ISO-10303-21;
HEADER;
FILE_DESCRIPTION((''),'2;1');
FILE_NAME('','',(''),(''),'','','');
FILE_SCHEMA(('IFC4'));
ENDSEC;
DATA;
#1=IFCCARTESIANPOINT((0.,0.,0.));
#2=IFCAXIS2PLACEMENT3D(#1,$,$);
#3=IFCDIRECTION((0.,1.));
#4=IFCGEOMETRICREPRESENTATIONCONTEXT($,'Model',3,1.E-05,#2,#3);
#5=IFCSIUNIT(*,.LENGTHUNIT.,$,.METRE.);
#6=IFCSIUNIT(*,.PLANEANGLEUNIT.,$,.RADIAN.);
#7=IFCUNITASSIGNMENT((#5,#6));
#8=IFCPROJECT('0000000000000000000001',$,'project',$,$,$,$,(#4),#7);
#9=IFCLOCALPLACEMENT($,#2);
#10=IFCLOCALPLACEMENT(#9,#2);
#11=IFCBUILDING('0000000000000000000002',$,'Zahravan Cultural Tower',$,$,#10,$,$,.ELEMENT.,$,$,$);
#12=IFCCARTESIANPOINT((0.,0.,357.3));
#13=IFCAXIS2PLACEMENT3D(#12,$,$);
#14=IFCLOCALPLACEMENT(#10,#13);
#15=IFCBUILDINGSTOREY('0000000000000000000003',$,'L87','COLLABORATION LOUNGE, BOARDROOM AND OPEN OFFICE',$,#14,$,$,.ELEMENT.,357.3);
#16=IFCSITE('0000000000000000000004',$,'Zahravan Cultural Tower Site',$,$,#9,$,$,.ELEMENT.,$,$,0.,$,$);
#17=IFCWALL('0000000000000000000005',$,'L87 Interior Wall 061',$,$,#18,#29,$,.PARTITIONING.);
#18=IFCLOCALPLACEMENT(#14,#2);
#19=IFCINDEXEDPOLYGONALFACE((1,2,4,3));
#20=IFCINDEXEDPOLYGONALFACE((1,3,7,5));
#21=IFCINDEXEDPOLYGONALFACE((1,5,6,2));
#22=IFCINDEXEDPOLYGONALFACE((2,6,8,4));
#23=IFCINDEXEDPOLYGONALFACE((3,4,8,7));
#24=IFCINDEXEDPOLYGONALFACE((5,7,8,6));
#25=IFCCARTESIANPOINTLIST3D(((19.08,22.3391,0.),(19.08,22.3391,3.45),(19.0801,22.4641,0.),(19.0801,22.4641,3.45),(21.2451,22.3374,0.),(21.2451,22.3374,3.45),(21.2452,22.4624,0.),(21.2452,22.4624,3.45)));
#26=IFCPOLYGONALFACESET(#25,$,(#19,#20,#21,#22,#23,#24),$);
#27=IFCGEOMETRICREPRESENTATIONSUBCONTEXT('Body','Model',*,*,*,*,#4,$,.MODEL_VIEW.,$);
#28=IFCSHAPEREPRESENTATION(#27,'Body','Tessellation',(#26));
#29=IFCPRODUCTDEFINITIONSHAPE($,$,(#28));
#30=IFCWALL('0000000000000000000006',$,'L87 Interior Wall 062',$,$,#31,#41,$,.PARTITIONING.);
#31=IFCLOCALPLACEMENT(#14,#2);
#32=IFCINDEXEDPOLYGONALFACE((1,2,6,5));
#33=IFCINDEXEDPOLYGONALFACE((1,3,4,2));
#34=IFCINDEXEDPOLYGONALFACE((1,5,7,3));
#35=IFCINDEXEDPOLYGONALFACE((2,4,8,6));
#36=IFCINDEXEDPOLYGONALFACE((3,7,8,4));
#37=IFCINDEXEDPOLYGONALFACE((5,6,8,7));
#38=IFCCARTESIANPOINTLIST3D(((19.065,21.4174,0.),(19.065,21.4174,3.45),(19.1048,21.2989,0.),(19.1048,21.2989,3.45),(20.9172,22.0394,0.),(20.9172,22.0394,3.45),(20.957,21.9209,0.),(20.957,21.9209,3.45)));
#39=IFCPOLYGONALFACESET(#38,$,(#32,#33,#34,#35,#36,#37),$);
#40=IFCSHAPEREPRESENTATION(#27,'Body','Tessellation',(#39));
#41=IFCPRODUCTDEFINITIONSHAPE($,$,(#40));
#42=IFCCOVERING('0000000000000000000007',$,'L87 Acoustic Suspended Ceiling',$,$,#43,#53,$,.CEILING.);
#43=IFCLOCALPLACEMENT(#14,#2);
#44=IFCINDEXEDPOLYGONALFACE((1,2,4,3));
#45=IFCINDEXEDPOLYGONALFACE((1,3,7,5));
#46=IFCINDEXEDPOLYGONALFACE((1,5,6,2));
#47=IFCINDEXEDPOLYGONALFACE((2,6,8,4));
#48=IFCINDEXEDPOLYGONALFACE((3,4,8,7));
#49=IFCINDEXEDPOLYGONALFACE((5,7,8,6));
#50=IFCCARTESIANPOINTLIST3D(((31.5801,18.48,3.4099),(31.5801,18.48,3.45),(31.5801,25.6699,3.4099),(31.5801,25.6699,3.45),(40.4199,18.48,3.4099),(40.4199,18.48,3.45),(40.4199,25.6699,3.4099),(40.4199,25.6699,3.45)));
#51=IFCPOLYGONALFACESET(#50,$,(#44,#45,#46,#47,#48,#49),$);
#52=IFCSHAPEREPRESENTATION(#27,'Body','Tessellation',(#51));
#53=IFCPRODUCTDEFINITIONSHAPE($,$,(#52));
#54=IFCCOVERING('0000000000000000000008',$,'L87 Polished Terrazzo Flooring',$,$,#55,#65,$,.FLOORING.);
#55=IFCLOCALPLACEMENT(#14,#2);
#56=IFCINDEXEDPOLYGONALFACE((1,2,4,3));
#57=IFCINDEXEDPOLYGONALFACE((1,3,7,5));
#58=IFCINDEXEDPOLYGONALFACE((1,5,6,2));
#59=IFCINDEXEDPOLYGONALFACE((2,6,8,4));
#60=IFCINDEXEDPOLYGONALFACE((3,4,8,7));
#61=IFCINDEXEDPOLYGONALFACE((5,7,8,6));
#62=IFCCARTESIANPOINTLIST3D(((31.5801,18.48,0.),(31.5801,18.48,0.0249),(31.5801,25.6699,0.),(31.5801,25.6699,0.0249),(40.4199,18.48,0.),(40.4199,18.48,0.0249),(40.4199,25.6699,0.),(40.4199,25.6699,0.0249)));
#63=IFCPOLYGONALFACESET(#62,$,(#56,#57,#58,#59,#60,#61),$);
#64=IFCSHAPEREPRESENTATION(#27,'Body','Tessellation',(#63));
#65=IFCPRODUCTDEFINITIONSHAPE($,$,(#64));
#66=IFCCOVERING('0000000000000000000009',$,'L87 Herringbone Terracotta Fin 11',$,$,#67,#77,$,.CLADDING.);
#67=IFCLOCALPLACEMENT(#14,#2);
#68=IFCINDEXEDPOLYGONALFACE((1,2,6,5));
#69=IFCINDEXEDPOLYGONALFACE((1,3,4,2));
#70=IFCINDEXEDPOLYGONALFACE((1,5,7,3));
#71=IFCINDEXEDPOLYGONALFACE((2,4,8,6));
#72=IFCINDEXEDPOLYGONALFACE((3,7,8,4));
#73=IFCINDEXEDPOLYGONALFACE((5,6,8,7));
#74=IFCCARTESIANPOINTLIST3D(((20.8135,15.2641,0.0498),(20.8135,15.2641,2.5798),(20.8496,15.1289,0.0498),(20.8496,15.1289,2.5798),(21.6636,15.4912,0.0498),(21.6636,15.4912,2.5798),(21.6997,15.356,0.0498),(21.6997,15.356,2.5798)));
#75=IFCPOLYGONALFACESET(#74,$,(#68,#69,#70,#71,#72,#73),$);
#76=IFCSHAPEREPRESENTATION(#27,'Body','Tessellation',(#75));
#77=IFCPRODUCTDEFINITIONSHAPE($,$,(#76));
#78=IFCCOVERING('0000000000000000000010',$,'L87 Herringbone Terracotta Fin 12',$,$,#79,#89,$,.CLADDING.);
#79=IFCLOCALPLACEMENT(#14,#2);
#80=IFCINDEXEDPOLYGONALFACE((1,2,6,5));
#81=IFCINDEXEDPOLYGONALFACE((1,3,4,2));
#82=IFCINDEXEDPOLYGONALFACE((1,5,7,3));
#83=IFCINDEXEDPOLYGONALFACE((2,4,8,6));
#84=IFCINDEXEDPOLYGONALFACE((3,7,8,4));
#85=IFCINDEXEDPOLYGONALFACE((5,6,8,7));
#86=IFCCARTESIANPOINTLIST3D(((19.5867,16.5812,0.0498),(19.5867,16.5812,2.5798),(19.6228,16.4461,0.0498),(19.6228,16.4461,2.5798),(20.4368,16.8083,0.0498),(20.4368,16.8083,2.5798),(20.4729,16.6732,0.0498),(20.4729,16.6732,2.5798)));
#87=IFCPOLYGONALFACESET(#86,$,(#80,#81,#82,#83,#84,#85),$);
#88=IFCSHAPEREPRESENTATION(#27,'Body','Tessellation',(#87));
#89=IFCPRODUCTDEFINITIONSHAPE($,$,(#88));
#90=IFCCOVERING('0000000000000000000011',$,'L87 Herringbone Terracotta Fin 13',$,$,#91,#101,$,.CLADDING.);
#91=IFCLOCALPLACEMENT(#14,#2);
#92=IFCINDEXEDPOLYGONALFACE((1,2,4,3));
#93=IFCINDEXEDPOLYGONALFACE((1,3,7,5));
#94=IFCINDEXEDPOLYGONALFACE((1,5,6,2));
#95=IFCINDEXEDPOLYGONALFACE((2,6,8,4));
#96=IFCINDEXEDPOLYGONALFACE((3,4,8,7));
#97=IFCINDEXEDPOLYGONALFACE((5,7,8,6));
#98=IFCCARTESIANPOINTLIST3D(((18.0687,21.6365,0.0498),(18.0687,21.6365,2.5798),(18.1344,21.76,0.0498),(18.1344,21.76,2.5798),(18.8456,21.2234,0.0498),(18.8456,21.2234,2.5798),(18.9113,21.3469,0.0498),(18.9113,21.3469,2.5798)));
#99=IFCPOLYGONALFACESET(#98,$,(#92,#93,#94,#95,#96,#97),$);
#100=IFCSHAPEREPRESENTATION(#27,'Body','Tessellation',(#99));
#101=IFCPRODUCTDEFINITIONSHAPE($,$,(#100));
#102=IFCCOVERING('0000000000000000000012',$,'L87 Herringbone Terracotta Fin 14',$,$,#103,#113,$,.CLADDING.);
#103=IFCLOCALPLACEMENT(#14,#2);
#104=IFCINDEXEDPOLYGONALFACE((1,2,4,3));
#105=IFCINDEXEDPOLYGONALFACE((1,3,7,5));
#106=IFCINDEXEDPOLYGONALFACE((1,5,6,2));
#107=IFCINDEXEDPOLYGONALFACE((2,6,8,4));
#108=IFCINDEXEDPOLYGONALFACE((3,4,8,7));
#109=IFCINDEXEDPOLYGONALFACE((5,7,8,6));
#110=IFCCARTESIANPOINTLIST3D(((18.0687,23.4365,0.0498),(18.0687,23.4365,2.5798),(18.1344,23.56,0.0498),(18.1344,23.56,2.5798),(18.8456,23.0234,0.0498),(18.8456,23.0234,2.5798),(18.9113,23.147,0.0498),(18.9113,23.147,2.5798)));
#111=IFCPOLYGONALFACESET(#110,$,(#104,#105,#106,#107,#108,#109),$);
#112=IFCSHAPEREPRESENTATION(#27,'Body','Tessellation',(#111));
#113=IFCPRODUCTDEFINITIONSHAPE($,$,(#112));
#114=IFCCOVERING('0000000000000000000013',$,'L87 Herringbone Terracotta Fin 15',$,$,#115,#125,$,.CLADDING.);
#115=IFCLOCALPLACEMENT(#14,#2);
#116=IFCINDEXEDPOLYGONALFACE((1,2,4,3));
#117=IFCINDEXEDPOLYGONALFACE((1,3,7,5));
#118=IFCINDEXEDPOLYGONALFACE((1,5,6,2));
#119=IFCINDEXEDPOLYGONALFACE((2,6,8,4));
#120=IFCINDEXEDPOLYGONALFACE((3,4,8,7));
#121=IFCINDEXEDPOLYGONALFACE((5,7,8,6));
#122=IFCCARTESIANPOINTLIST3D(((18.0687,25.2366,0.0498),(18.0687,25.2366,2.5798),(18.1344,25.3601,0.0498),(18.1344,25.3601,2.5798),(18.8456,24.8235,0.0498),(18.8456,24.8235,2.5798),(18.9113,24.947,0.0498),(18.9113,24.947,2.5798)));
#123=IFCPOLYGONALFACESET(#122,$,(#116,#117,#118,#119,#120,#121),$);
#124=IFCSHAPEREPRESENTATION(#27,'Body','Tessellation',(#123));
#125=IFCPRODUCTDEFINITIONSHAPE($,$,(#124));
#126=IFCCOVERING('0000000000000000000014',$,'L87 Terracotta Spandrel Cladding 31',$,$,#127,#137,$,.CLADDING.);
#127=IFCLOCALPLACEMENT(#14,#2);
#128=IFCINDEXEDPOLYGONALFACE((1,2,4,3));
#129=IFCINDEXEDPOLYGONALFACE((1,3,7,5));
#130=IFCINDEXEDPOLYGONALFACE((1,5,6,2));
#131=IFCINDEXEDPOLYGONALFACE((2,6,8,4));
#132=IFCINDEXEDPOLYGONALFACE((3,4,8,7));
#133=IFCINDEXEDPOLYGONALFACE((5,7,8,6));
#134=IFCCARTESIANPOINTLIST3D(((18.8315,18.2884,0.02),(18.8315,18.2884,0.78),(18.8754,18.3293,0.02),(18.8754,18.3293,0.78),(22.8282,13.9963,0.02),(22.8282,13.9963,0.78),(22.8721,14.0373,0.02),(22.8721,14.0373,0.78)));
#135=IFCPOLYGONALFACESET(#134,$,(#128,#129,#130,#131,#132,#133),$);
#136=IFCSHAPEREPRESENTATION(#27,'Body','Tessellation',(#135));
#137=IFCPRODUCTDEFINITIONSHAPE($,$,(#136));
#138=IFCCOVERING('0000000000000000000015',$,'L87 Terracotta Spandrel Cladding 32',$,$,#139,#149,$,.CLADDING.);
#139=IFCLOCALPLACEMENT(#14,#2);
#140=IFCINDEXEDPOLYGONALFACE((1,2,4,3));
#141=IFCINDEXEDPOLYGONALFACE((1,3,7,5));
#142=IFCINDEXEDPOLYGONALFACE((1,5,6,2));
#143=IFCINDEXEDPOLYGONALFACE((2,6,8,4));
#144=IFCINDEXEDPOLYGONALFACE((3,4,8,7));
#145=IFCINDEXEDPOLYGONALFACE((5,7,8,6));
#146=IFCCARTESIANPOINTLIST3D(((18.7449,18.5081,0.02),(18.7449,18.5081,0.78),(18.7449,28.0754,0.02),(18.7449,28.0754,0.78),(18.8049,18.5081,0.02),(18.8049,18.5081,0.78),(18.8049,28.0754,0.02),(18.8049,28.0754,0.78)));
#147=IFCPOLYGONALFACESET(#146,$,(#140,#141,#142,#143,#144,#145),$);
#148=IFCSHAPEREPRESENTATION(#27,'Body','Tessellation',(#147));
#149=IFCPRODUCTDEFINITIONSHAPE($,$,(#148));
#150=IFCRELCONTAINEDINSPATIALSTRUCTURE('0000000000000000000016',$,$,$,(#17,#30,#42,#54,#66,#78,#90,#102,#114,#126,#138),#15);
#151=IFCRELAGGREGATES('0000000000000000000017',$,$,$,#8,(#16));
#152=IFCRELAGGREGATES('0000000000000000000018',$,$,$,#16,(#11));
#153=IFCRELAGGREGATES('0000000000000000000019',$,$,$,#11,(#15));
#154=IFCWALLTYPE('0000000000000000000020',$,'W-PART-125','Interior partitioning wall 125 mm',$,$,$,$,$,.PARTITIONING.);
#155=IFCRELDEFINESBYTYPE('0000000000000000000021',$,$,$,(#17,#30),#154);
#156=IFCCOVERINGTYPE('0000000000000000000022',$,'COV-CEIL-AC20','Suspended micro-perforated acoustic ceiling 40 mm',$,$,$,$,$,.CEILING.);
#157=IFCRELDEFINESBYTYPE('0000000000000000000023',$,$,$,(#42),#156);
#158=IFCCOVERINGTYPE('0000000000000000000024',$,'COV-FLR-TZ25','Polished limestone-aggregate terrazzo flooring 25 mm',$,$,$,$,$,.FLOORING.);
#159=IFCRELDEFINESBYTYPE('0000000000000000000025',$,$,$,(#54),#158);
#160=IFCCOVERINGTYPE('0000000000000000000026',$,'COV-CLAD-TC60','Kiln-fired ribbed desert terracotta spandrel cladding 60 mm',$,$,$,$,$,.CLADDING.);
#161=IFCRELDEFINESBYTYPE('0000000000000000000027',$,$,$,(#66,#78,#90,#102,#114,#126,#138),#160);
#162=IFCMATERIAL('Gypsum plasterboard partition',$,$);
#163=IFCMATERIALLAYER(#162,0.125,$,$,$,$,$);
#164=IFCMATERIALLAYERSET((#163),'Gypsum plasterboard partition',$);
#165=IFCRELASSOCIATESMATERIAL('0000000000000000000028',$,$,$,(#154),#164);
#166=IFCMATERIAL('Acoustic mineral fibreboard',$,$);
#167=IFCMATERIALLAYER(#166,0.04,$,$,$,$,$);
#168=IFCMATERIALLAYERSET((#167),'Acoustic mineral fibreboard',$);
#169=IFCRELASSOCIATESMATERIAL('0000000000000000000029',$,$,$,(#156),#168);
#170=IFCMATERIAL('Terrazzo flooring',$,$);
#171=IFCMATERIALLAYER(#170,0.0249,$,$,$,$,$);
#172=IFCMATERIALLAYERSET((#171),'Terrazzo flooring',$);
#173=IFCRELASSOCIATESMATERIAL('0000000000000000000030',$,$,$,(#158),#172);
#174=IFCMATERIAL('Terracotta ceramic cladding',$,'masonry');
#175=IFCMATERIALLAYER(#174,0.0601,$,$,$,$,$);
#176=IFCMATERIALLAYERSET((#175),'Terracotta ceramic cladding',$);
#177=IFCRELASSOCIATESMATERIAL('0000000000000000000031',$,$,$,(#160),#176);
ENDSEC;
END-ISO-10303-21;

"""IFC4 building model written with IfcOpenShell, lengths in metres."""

from ifc_helpers import new_model, si_unit, direction, frame, frame_2d, origin, origin_2d, place, context, subcontext, project, spatial, polyline, rectangle, outline, extrude, source, transform, mapped, material, layer, layer_set, type_object, element, save


model = new_model("IFC4")

# Units and contexts
model_context = context("Model", 3, precision=1e-05, world=origin(), true_north=direction((0.0, 1.0)))
body_context = subcontext(model_context, "Body", "Model", "MODEL_VIEW")
ifc_project = project(units=[si_unit("LENGTHUNIT", "METRE"), si_unit("PLANEANGLEUNIT", "RADIAN")], contexts=[model_context])

# Site, building, storey
site_placement = place(None, origin())
site = spatial("IfcSite", under=ifc_project, at=site_placement, Name="Zahravan Cultural Tower Site", CompositionType="ELEMENT", RefElevation=0.0)
building_placement = place(site_placement, origin())
building = spatial("IfcBuilding", under=site, at=building_placement, Name="Zahravan Cultural Tower", CompositionType="ELEMENT")
storey_placement = place(building_placement, frame((0.0, 0.0, 357.3)))
storey = spatial("IfcBuildingStorey", under=building, at=storey_placement, Name="L87", Description="COLLABORATION LOUNGE, BOARDROOM AND OPEN OFFICE", CompositionType="ELEMENT", Elevation=357.3)

# Walls
ifc_material_1 = material(Name="Gypsum plasterboard partition")
ifc_layer_1 = layer(ifc_material_1, 0.125)
ifc_layer_set_1 = layer_set([ifc_layer_1], Name="Gypsum plasterboard partition")
wall_type_1 = type_object("IfcWallType", Name="W-PART-125", Description="Interior partitioning wall 125 mm", PredefinedType="PARTITIONING", material=ifc_layer_set_1)
shared_shape_1 = source(origin(), body_context, "Body", "SweptSolid", [
    extrude(rectangle(XDim=2.165, YDim=0.125, at=frame_2d((1.0825, 0.0))), origin(), (0.0, 0.0, 1.0), 3.45),
])
wall_1_placement = place(storey_placement, frame((19.0801, 22.4016, 0.0), z_axis=(0.0, 0.0, 1.0), x_axis=(1.0, -0.000789, 0.0)))
element("IfcWall", 1, at=wall_1_placement, inside=storey, type_object=wall_type_1, Name="L87 Interior Wall 061", PredefinedType="PARTITIONING", context=body_context, shape_type="MappedRepresentation", body=[
    mapped(shared_shape_1, transform((0.0, 0.0, 0.0), x_axis=(1.0, 0.0, 0.0), y_axis=(0.0, 1.0, 0.0), z_axis=(0.0, 0.0, 1.0), scale=1.0)),
])
shared_shape_2 = source(origin(), body_context, "Body", "SweptSolid", [
    extrude(rectangle(XDim=1.9539, YDim=0.125, at=frame_2d((0.9771, 0.0))), origin(), (0.0, 0.0, 1.0), 3.45),
])
wall_2_placement = place(storey_placement, frame((20.9373, 21.9802, 0.0), z_axis=(0.0, 0.0, 1.0), x_axis=(-0.947969, -0.318364, 0.0)))
element("IfcWall", 2, at=wall_2_placement, inside=storey, type_object=wall_type_1, Name="L87 Interior Wall 062", PredefinedType="PARTITIONING", context=body_context, shape_type="MappedRepresentation", body=[
    mapped(shared_shape_2, transform((0.0, 0.0, 0.0), x_axis=(1.0, 0.0, 0.0), y_axis=(0.0, 1.0, 0.0), z_axis=(0.0, 0.0, 1.0), scale=1.0)),
])

# Coverings
ifc_material_2 = material(Name="Acoustic mineral fibreboard")
ifc_layer_2 = layer(ifc_material_2, 0.04)
ifc_layer_set_2 = layer_set([ifc_layer_2], Name="Acoustic mineral fibreboard")
covering_type_1 = type_object("IfcCoveringType", Name="COV-CEIL-AC20", Description="Suspended micro-perforated acoustic ceiling 40 mm", PredefinedType="CEILING", material=ifc_layer_set_2)
covering_1_placement = place(storey_placement, frame((0.0, 0.0, 3.4099)))
element("IfcCovering", 3, at=covering_1_placement, inside=storey, type_object=covering_type_1, Name="L87 Acoustic Suspended Ceiling", PredefinedType="CEILING", context=body_context, shape_type="SweptSolid", body=[
    extrude(outline(polyline([(40.4199, 25.6699), (31.5801, 25.6699), (31.5801, 18.48), (40.4199, 18.48), (40.4199, 25.6699)])), origin(), (0.0, 0.0, 1.0), 0.04),
])
ifc_material_3 = material(Name="Terrazzo flooring")
ifc_layer_3 = layer(ifc_material_3, 0.0249)
ifc_layer_set_3 = layer_set([ifc_layer_3], Name="Terrazzo flooring")
covering_type_2 = type_object("IfcCoveringType", Name="COV-FLR-TZ25", Description="Polished limestone-aggregate terrazzo flooring 25 mm", PredefinedType="FLOORING", material=ifc_layer_set_3)
covering_2_placement = place(storey_placement, origin())
element("IfcCovering", 4, at=covering_2_placement, inside=storey, type_object=covering_type_2, Name="L87 Polished Terrazzo Flooring", PredefinedType="FLOORING", context=body_context, shape_type="SweptSolid", body=[
    extrude(outline(polyline([(40.4199, 25.6699), (31.5801, 25.6699), (31.5801, 18.48), (40.4199, 18.48), (40.4199, 25.6699)])), origin(), (0.0, 0.0, 1.0), 0.0249),
])
ifc_material_4 = material(Name="Terracotta ceramic cladding", Category="masonry")
ifc_layer_4 = layer(ifc_material_4, 0.0601)
ifc_layer_set_4 = layer_set([ifc_layer_4], Name="Terracotta ceramic cladding")
covering_type_3 = type_object("IfcCoveringType", Name="COV-CLAD-TC60", Description="Kiln-fired ribbed desert terracotta spandrel cladding 60 mm", PredefinedType="CLADDING", material=ifc_layer_set_4)
shared_shape_3 = source(origin(), body_context, "Body", "SweptSolid", [
    extrude(rectangle(XDim=0.8799, YDim=0.1399, at=origin_2d()), origin(), (0.0, 0.0, 1.0), 2.53),
])
for number, where, z_axis, x_axis, name in (
    (5, (21.2566, 15.3101, 0.0498), (0.0, 0.0, 1.0), (-0.966111, -0.258128, 0.0), "L87 Herringbone Terracotta Fin 11"),
    (6, (20.0298, 16.6272, 0.0498), (0.0, 0.0, 1.0), (-0.966111, -0.258128, 0.0), "L87 Herringbone Terracotta Fin 12"),
    (7, (18.49, 21.4917, 0.0498), (0.0, 0.0, 1.0), (-0.882948, 0.469472, 0.0), "L87 Herringbone Terracotta Fin 13"),
    (8, (18.49, 23.2917, 0.0498), (0.0, 0.0, 1.0), (-0.882948, 0.469472, 0.0), "L87 Herringbone Terracotta Fin 14"),
    (9, (18.49, 25.0918, 0.0498), (0.0, 0.0, 1.0), (-0.882948, 0.469472, 0.0), "L87 Herringbone Terracotta Fin 15"),
):
    element("IfcCovering", number, at=place(storey_placement, frame(where, z_axis=z_axis, x_axis=x_axis)), inside=storey, type_object=covering_type_3, Name=name, PredefinedType="CLADDING", context=body_context, shape_type="MappedRepresentation", body=[
        mapped(shared_shape_3, transform((0.0, 0.0, 0.0), x_axis=(1.0, 0.0, 0.0), y_axis=(0.0, 1.0, 0.0), z_axis=(0.0, 0.0, 1.0), scale=1.0)),
    ])
shared_shape_4 = source(origin(), body_context, "Body", "SweptSolid", [
    extrude(rectangle(XDim=5.8647, YDim=0.0601, at=origin_2d()), origin(), (0.0, 0.0, 1.0), 0.76),
])
covering_3_placement = place(storey_placement, frame((20.8518, 16.1628, 0.02), z_axis=(0.0, 0.0, 1.0), x_axis=(-0.681475, 0.731842, 0.0)))
element("IfcCovering", 10, at=covering_3_placement, inside=storey, type_object=covering_type_3, Name="L87 Terracotta Spandrel Cladding 31", PredefinedType="CLADDING", context=body_context, shape_type="MappedRepresentation", body=[
    mapped(shared_shape_4, transform((0.0, 0.0, 0.0), x_axis=(1.0, 0.0, 0.0), y_axis=(0.0, 1.0, 0.0), z_axis=(0.0, 0.0, 1.0), scale=1.0)),
])
shared_shape_5 = source(origin(), body_context, "Body", "SweptSolid", [
    extrude(rectangle(XDim=9.5674, YDim=0.0601, at=origin_2d()), origin(), (0.0, 0.0, 1.0), 0.76),
])
covering_4_placement = place(storey_placement, frame((18.7749, 23.2917, 0.02), z_axis=(0.0, 0.0, 1.0), x_axis=(0.0, 1.0, 0.0)))
element("IfcCovering", 11, at=covering_4_placement, inside=storey, type_object=covering_type_3, Name="L87 Terracotta Spandrel Cladding 32", PredefinedType="CLADDING", context=body_context, shape_type="MappedRepresentation", body=[
    mapped(shared_shape_5, transform((0.0, 0.0, 0.0), x_axis=(1.0, 0.0, 0.0), y_axis=(0.0, 1.0, 0.0), z_axis=(0.0, 0.0, 1.0), scale=1.0)),
])

save(model, "model.ifc")
